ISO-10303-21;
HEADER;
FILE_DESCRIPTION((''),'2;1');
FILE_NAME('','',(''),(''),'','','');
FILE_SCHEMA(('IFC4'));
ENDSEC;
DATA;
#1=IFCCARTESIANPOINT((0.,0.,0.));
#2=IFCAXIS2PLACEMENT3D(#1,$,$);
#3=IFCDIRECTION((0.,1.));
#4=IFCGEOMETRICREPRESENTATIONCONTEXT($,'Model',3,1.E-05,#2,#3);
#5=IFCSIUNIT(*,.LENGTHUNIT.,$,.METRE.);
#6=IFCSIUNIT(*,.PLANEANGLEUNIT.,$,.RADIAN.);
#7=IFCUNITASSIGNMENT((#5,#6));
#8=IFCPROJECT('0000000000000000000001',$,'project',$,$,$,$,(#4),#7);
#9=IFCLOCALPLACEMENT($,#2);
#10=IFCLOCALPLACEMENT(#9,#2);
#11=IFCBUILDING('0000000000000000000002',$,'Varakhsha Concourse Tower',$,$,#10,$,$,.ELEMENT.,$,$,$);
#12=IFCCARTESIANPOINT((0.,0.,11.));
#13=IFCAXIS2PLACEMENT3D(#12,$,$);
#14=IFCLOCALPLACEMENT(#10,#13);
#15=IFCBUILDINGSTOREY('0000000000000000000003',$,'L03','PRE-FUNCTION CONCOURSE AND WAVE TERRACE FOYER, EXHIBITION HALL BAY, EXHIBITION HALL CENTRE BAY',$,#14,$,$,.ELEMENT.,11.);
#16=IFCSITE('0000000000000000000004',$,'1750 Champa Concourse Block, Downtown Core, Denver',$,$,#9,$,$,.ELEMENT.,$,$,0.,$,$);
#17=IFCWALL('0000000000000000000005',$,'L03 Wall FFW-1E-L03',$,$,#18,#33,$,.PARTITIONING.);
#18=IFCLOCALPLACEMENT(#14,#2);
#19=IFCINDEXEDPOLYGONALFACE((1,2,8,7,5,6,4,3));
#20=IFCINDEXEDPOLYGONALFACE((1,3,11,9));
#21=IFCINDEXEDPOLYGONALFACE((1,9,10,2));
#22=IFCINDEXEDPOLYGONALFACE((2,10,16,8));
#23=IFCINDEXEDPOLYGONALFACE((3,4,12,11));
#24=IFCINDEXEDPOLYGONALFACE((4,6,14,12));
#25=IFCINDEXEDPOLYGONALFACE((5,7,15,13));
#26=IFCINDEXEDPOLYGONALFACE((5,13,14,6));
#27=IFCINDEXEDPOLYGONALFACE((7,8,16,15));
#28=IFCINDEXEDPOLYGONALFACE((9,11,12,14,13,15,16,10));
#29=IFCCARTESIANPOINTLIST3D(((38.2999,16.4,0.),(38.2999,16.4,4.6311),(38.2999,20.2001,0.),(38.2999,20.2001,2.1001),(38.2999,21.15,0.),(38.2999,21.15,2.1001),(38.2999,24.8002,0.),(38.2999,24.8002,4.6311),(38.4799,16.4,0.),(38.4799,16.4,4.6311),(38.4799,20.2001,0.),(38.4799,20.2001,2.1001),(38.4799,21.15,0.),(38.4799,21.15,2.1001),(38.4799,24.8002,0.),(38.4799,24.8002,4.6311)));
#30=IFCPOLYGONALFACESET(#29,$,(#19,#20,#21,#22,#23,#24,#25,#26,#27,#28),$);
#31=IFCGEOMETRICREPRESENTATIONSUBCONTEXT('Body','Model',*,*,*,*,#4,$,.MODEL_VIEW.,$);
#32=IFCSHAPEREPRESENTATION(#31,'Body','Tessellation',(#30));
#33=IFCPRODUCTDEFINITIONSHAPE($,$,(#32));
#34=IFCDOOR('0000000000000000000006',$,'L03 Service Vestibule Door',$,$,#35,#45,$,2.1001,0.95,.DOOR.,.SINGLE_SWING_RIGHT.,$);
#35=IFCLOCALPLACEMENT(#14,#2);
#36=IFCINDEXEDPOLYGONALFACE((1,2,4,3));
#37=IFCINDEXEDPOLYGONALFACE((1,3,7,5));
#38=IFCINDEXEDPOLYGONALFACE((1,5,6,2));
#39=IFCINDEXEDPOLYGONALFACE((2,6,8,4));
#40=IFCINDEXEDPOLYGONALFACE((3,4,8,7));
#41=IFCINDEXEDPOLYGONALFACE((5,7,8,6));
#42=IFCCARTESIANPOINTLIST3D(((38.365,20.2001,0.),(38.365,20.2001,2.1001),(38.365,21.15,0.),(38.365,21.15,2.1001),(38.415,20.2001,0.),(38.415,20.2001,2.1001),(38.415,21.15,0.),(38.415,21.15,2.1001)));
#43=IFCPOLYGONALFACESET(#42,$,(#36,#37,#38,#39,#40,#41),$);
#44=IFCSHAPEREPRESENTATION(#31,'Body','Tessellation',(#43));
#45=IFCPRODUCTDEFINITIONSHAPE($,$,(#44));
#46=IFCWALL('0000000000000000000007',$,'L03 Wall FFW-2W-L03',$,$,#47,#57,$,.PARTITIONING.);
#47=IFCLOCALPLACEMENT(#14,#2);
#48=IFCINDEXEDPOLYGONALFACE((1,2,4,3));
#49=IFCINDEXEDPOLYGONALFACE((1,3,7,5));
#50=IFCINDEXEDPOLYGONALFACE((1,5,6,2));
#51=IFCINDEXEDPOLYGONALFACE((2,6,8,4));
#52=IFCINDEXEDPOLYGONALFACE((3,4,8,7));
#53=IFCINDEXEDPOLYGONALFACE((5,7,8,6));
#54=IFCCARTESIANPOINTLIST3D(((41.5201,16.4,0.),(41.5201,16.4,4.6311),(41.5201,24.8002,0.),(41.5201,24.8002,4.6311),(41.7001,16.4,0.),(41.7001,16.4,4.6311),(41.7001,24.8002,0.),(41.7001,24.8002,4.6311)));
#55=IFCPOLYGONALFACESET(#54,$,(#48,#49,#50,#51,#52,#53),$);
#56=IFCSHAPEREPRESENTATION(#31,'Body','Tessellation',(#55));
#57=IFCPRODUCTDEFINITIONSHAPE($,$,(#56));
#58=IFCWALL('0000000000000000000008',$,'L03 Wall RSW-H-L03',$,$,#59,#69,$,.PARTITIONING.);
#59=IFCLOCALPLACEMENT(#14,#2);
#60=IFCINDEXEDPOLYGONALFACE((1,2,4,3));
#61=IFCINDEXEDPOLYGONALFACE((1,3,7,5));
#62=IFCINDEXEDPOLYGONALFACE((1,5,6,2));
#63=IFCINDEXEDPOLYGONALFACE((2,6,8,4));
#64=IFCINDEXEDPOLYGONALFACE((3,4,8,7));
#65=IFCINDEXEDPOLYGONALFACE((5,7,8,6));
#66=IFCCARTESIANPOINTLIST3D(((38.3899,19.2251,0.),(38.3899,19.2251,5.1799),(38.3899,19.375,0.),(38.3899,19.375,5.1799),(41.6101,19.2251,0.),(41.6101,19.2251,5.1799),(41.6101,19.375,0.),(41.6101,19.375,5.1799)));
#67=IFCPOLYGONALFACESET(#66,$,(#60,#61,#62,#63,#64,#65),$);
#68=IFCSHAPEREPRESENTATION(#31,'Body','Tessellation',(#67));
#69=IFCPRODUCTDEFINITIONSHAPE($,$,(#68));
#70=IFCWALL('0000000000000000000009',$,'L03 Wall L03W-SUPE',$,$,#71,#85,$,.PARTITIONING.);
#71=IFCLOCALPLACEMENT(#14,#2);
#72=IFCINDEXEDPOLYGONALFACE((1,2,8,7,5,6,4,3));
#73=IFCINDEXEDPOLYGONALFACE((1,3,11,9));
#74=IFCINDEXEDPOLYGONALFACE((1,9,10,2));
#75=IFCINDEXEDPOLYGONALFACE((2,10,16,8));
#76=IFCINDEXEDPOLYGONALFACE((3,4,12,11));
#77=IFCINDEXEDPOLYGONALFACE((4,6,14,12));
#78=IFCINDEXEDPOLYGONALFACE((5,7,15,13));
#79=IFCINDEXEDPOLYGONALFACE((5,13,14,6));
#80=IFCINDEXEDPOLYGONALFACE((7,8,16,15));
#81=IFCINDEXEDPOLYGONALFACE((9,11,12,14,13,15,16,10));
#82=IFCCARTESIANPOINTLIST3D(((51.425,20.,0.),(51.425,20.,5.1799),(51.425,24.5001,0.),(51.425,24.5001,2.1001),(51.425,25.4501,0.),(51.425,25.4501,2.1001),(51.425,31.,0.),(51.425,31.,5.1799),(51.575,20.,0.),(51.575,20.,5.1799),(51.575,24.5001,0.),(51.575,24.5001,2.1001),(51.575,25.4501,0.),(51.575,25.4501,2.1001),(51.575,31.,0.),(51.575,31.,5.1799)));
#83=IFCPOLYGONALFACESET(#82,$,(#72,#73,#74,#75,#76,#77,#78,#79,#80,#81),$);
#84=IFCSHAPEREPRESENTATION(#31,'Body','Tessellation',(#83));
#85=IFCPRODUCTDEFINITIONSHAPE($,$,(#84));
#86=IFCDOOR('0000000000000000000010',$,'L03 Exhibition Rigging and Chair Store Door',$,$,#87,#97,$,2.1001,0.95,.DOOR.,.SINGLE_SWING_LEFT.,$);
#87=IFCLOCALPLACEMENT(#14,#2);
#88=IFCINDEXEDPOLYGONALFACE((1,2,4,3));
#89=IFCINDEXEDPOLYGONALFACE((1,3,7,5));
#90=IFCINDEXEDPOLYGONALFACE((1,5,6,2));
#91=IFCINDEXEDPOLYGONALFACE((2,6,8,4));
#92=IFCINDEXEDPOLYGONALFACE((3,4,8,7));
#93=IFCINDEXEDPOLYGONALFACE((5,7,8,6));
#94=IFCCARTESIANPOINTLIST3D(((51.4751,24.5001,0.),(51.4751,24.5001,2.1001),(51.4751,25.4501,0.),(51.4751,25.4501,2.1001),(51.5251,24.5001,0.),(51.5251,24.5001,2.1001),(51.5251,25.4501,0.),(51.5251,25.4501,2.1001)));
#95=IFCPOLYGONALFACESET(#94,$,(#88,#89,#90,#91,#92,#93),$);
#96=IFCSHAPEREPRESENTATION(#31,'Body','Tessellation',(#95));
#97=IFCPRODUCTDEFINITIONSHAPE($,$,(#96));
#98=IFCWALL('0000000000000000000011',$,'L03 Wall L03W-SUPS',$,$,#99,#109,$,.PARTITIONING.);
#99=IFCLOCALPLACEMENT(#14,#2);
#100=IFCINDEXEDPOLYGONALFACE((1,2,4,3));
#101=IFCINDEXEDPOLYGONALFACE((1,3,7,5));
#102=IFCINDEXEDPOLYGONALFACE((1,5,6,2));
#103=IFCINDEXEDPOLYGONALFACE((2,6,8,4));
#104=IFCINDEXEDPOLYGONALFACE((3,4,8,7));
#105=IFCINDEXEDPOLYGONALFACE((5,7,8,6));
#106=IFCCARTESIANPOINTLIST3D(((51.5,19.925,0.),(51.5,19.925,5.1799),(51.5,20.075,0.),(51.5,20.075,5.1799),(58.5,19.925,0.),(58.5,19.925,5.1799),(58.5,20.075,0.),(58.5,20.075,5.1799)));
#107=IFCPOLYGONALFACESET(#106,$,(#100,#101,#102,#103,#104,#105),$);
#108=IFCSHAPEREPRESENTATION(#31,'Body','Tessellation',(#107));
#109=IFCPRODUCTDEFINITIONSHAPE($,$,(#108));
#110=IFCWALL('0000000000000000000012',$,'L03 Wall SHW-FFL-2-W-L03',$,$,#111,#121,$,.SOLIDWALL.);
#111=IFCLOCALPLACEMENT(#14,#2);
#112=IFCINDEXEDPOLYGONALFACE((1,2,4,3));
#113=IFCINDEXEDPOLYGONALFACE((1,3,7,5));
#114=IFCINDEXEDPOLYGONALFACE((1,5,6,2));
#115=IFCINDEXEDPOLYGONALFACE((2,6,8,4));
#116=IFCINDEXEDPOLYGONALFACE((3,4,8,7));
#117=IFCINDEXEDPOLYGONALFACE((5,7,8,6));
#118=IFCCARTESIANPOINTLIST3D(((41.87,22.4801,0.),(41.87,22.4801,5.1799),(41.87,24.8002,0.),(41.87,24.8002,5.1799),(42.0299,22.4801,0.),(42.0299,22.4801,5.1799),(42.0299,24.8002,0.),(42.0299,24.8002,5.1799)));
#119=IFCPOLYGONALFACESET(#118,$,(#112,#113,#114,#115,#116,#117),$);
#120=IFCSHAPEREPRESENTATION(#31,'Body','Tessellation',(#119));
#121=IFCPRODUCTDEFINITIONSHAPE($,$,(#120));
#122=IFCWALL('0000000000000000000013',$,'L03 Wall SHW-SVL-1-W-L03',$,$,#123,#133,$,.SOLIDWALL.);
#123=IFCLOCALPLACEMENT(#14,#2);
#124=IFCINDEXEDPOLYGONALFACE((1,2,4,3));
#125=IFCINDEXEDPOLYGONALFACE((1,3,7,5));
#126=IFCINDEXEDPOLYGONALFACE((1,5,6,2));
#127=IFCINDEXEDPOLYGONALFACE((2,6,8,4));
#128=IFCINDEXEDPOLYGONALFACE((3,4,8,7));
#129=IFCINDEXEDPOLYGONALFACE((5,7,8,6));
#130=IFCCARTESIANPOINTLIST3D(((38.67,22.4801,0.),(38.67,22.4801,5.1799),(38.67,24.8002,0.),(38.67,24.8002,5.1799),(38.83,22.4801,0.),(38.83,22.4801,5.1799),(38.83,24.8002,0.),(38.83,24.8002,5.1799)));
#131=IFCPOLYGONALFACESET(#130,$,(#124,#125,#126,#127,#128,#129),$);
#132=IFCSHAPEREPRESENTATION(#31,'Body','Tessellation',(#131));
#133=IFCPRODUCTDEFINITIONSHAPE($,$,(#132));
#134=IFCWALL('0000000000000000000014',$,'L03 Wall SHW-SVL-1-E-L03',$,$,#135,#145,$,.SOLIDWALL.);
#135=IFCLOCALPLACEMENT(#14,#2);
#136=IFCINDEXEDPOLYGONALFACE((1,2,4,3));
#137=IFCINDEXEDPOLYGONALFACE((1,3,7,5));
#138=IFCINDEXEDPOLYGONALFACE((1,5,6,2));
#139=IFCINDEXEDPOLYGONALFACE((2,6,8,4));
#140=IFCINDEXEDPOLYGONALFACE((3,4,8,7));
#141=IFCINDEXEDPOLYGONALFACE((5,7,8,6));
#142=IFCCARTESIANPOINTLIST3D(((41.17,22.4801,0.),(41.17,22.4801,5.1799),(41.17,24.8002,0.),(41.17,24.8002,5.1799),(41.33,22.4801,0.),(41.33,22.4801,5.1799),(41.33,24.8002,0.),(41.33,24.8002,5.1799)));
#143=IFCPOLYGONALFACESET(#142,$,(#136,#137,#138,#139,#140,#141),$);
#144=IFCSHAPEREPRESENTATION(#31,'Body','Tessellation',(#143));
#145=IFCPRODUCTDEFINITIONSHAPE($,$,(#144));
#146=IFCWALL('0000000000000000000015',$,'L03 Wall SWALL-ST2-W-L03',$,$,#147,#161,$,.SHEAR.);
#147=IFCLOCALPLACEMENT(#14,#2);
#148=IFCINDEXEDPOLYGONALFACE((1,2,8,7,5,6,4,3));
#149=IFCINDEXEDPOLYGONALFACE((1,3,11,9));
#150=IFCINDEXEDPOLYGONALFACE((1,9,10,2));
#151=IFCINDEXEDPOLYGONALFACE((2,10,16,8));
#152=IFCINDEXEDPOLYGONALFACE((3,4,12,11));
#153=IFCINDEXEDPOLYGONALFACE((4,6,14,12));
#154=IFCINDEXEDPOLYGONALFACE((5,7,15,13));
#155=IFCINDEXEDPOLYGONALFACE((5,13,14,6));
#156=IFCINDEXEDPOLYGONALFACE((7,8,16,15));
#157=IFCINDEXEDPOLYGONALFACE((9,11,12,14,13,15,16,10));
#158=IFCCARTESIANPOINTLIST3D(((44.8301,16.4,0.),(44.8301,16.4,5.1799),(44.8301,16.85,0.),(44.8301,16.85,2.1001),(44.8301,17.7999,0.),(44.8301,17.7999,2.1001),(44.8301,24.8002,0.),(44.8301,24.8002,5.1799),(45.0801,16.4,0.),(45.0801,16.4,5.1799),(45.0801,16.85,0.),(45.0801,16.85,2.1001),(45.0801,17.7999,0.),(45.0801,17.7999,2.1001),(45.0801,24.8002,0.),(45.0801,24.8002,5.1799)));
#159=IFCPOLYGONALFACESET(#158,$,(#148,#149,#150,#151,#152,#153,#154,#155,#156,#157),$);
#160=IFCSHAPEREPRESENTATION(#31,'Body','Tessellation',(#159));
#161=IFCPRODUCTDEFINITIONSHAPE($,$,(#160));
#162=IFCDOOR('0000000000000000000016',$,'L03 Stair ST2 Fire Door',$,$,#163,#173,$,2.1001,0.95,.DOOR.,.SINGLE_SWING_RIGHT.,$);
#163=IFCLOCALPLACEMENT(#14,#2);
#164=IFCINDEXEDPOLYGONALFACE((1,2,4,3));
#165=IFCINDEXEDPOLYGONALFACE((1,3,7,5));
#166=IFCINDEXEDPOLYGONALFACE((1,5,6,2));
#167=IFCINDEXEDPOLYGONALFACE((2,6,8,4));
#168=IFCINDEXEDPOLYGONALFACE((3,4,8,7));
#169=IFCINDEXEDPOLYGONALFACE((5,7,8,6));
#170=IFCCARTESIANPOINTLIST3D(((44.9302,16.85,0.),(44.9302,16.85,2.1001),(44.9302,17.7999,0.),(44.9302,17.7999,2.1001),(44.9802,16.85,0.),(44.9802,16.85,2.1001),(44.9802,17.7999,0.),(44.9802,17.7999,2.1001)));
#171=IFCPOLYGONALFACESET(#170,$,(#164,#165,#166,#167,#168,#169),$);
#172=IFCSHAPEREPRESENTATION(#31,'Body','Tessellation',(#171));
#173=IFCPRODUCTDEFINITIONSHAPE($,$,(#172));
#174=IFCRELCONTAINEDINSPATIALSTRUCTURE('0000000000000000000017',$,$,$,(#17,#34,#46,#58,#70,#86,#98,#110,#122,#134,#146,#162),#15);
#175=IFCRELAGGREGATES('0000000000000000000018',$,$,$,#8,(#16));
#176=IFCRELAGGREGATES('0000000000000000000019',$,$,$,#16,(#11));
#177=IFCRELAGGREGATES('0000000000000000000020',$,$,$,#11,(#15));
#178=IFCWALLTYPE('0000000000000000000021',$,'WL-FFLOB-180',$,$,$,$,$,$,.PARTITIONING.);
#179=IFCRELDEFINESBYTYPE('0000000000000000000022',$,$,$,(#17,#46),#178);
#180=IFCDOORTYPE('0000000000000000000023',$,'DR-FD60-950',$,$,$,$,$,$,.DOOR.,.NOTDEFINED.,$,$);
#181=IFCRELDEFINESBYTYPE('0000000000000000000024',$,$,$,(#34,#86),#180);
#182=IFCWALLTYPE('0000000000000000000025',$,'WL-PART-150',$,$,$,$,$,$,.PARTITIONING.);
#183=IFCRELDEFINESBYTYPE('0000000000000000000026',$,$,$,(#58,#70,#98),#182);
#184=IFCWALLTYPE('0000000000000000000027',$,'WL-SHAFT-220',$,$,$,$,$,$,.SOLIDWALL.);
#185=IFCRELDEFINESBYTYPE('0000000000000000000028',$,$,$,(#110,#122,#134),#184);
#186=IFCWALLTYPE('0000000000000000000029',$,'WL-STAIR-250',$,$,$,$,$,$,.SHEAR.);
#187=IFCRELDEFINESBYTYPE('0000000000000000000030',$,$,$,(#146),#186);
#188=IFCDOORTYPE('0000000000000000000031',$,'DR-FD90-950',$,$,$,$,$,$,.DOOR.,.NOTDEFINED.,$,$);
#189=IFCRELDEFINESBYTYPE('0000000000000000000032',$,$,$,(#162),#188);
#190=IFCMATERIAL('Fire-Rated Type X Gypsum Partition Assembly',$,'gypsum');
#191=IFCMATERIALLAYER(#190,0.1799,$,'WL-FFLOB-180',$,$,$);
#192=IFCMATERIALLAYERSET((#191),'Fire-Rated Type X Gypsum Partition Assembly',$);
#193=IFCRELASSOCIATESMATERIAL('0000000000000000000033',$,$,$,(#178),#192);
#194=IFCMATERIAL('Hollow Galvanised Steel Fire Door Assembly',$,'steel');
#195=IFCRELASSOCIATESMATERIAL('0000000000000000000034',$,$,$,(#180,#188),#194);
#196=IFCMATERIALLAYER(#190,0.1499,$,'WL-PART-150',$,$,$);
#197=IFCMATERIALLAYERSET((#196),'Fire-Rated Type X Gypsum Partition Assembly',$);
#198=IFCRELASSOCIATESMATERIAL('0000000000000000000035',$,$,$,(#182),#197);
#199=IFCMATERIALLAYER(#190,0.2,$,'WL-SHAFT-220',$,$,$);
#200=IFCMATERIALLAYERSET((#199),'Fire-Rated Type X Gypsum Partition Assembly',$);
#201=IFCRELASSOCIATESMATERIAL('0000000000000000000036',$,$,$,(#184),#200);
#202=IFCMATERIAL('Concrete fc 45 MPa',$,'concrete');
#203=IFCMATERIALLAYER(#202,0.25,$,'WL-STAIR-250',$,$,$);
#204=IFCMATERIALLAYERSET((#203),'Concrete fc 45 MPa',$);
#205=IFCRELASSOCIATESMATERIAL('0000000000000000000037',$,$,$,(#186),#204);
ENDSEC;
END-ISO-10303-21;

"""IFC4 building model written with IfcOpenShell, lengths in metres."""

from ifc_helpers import new_model, si_unit, direction, frame, frame_2d, origin, place, context, subcontext, project, spatial, rectangle, extrude, material, layer, layer_set, type_object, element, fill, save


model = new_model("IFC4")

# Units and contexts
model_context = context("Model", 3, precision=1e-05, world=origin(), true_north=direction((0.0, 1.0)))
body_context = subcontext(model_context, "Body", "Model", "MODEL_VIEW")
ifc_project = project(units=[si_unit("LENGTHUNIT", "METRE"), si_unit("PLANEANGLEUNIT", "RADIAN")], contexts=[model_context])

# Site, building, storey
site_placement = place(None, origin())
site = spatial("IfcSite", under=ifc_project, at=site_placement, Name="1750 Champa Concourse Block, Downtown Core, Denver", CompositionType="ELEMENT", RefElevation=0.0)
building_placement = place(site_placement, origin())
building = spatial("IfcBuilding", under=site, at=building_placement, Name="Varakhsha Concourse Tower", CompositionType="ELEMENT")
storey_placement = place(building_placement, frame((0.0, 0.0, 11.0)))
storey = spatial("IfcBuildingStorey", under=building, at=storey_placement, Name="L03", Description="PRE-FUNCTION CONCOURSE AND WAVE TERRACE FOYER, EXHIBITION HALL BAY, EXHIBITION HALL CENTRE BAY", CompositionType="ELEMENT", Elevation=11.0)

# Wall, opening, door
ifc_material_1 = material(Name="Fire-Rated Type X Gypsum Partition Assembly", Category="gypsum")
ifc_layer_1 = layer(ifc_material_1, 0.1799, Name="WL-FFLOB-180")
ifc_layer_set_1 = layer_set([ifc_layer_1], Name="Fire-Rated Type X Gypsum Partition Assembly")
wall_type_1 = type_object("IfcWallType", Name="WL-FFLOB-180", PredefinedType="PARTITIONING", material=ifc_layer_set_1)
wall_1_placement = place(storey_placement, frame((38.3899, 16.3999, 0.0), z_axis=(0.0, 0.0, 1.0), x_axis=(0.0, 1.0, 0.0)))
wall_1 = element("IfcWall", 1, at=wall_1_placement, inside=storey, type_object=wall_type_1, Name="L03 Wall FFW-1E-L03", PredefinedType="PARTITIONING", context=body_context, shape_type="SweptSolid", body=[
    extrude(rectangle(XDim=8.4001, YDim=0.1799, at=frame_2d((4.2002, 0.0))), origin(), (0.0, 0.0, 1.0), 4.6311),
])
opening_1_placement = place(wall_1_placement, frame((3.8, 0.0, 0.0)))
opening_1 = element("IfcOpeningElement", 2, at=opening_1_placement, cuts=wall_1, PredefinedType="OPENING", context=body_context, shape_type="SweptSolid", body=[
    extrude(rectangle(XDim=0.95, YDim=2.1001, at=frame_2d((0.4751, 1.05))), frame((0.0, 0.0999, 0.0), z_axis=(0.0, -1.0, 0.0), x_axis=(1.0, 0.0, 0.0)), (0.0, 0.0, 1.0), 0.2),
])
ifc_material_2 = material(Name="Hollow Galvanised Steel Fire Door Assembly", Category="steel")
door_type_1 = type_object("IfcDoorType", Name="DR-FD60-950", OperationType="NOTDEFINED", PredefinedType="DOOR", material=ifc_material_2)
door_1_placement = place(opening_1_placement, origin())
door_1 = element("IfcDoor", 3, at=door_1_placement, inside=storey, type_object=door_type_1, Name="L03 Service Vestibule Door", OperationType="SINGLE_SWING_RIGHT", OverallHeight=2.1001, OverallWidth=0.95, PredefinedType="DOOR", context=body_context, shape_type="SweptSolid", body=[
    extrude(rectangle(XDim=0.95, YDim=2.1001, at=frame_2d((0.4751, 1.05))), frame((0.0, 0.0249, 0.0), z_axis=(0.0, -1.0, 0.0), x_axis=(1.0, 0.0, 0.0)), (0.0, 0.0, 1.0), 0.05),
])
fill(opening_1, door_1)

# Walls
wall_2_placement = place(storey_placement, frame((41.6101, 16.3999, 0.0), z_axis=(0.0, 0.0, 1.0), x_axis=(0.0, 1.0, 0.0)))
element("IfcWall", 4, at=wall_2_placement, inside=storey, type_object=wall_type_1, Name="L03 Wall FFW-2W-L03", PredefinedType="PARTITIONING", context=body_context, shape_type="SweptSolid", body=[
    extrude(rectangle(XDim=8.4001, YDim=0.1799, at=frame_2d((4.2002, 0.0))), origin(), (0.0, 0.0, 1.0), 4.6311),
])
ifc_layer_2 = layer(ifc_material_1, 0.1499, Name="WL-PART-150")
ifc_layer_set_2 = layer_set([ifc_layer_2], Name="Fire-Rated Type X Gypsum Partition Assembly")
wall_type_2 = type_object("IfcWallType", Name="WL-PART-150", PredefinedType="PARTITIONING", material=ifc_layer_set_2)
wall_3_placement = place(storey_placement, frame((38.3899, 19.3, 0.0), z_axis=(0.0, 0.0, 1.0), x_axis=(1.0, 0.0, 0.0)))
element("IfcWall", 5, at=wall_3_placement, inside=storey, type_object=wall_type_2, Name="L03 Wall RSW-H-L03", PredefinedType="PARTITIONING", context=body_context, shape_type="SweptSolid", body=[
    extrude(rectangle(XDim=3.2202, YDim=0.1499, at=frame_2d((1.6101, 0.0))), origin(), (0.0, 0.0, 1.0), 5.1799),
])

# Wall, opening, door
wall_4_placement = place(storey_placement, frame((51.5, 20.0, 0.0), z_axis=(0.0, 0.0, 1.0), x_axis=(0.0, 1.0, 0.0)))
wall_4 = element("IfcWall", 6, at=wall_4_placement, inside=storey, type_object=wall_type_2, Name="L03 Wall L03W-SUPE", PredefinedType="PARTITIONING", context=body_context, shape_type="SweptSolid", body=[
    extrude(rectangle(XDim=11.0, YDim=0.1499, at=frame_2d((5.5, 0.0))), origin(), (0.0, 0.0, 1.0), 5.1799),
])
opening_2_placement = place(wall_4_placement, frame((4.5, 0.0, 0.0)))
opening_2 = element("IfcOpeningElement", 7, at=opening_2_placement, cuts=wall_4, PredefinedType="OPENING", context=body_context, shape_type="SweptSolid", body=[
    extrude(rectangle(XDim=0.95, YDim=2.1001, at=frame_2d((0.4751, 1.05))), frame((0.0, 0.085, 0.0), z_axis=(0.0, -1.0, 0.0), x_axis=(1.0, 0.0, 0.0)), (0.0, 0.0, 1.0), 0.1699),
])
door_2_placement = place(opening_2_placement, origin())
door_2 = element("IfcDoor", 8, at=door_2_placement, inside=storey, type_object=door_type_1, Name="L03 Exhibition Rigging and Chair Store Door", OperationType="SINGLE_SWING_LEFT", OverallHeight=2.1001, OverallWidth=0.95, PredefinedType="DOOR", context=body_context, shape_type="SweptSolid", body=[
    extrude(rectangle(XDim=0.95, YDim=2.1001, at=frame_2d((0.4751, 1.05))), frame((0.0, 0.0249, 0.0), z_axis=(0.0, -1.0, 0.0), x_axis=(1.0, 0.0, 0.0)), (0.0, 0.0, 1.0), 0.05),
])
fill(opening_2, door_2)

# Walls
wall_5_placement = place(storey_placement, frame((51.5, 20.0, 0.0), z_axis=(0.0, 0.0, 1.0), x_axis=(1.0, 0.0, 0.0)))
element("IfcWall", 9, at=wall_5_placement, inside=storey, type_object=wall_type_2, Name="L03 Wall L03W-SUPS", PredefinedType="PARTITIONING", context=body_context, shape_type="SweptSolid", body=[
    extrude(rectangle(XDim=7.0, YDim=0.1499, at=frame_2d((3.5, 0.0))), origin(), (0.0, 0.0, 1.0), 5.1799),
])
ifc_layer_3 = layer(ifc_material_1, 0.2, Name="WL-SHAFT-220")
ifc_layer_set_3 = layer_set([ifc_layer_3], Name="Fire-Rated Type X Gypsum Partition Assembly")
wall_type_3 = type_object("IfcWallType", Name="WL-SHAFT-220", PredefinedType="SOLIDWALL", material=ifc_layer_set_3)
for number, where, z_axis, x_axis, name in (
    (10, (41.95, 22.48, 0.0), (0.0, 0.0, 1.0), (0.0, 1.0, 0.0), "L03 Wall SHW-FFL-2-W-L03"),
    (11, (38.75, 22.48, 0.0), (0.0, 0.0, 1.0), (0.0, 1.0, 0.0), "L03 Wall SHW-SVL-1-W-L03"),
    (12, (41.25, 22.48, 0.0), (0.0, 0.0, 1.0), (0.0, 1.0, 0.0), "L03 Wall SHW-SVL-1-E-L03"),
):
    element("IfcWall", number, at=place(storey_placement, frame(where, z_axis=z_axis, x_axis=x_axis)), inside=storey, type_object=wall_type_3, Name=name, PredefinedType="SOLIDWALL", context=body_context, shape_type="SweptSolid", body=[
        extrude(rectangle(XDim=2.3201, YDim=0.1599, at=frame_2d((1.1602, 0.0))), origin(), (0.0, 0.0, 1.0), 5.1799),
    ])

# Wall, opening, door
ifc_material_3 = material(Name="Concrete fc 45 MPa", Category="concrete")
ifc_layer_4 = layer(ifc_material_3, 0.25, Name="WL-STAIR-250")
ifc_layer_set_4 = layer_set([ifc_layer_4], Name="Concrete fc 45 MPa")
wall_type_4 = type_object("IfcWallType", Name="WL-STAIR-250", PredefinedType="SHEAR", material=ifc_layer_set_4)
wall_6_placement = place(storey_placement, frame((44.9551, 16.3999, 0.0), z_axis=(0.0, 0.0, 1.0), x_axis=(0.0, 1.0, 0.0)))
wall_6 = element("IfcWall", 13, at=wall_6_placement, inside=storey, type_object=wall_type_4, Name="L03 Wall SWALL-ST2-W-L03", PredefinedType="SHEAR", context=body_context, shape_type="SweptSolid", body=[
    extrude(rectangle(XDim=8.4001, YDim=0.25, at=frame_2d((4.2002, 0.0))), origin(), (0.0, 0.0, 1.0), 5.1799),
])
opening_3_placement = place(wall_6_placement, frame((0.45, 0.0, 0.0)))
opening_3 = element("IfcOpeningElement", 14, at=opening_3_placement, cuts=wall_6, PredefinedType="OPENING", context=body_context, shape_type="SweptSolid", body=[
    extrude(rectangle(XDim=0.95, YDim=2.1001, at=frame_2d((0.4751, 1.05))), frame((0.0, 0.135, 0.0), z_axis=(0.0, -1.0, 0.0), x_axis=(1.0, 0.0, 0.0)), (0.0, 0.0, 1.0), 0.27),
])
door_type_2 = type_object("IfcDoorType", Name="DR-FD90-950", OperationType="NOTDEFINED", PredefinedType="DOOR", material=ifc_material_2)
door_3_placement = place(opening_3_placement, origin())
door_3 = element("IfcDoor", 15, at=door_3_placement, inside=storey, type_object=door_type_2, Name="L03 Stair ST2 Fire Door", OperationType="SINGLE_SWING_RIGHT", OverallHeight=2.1001, OverallWidth=0.95, PredefinedType="DOOR", context=body_context, shape_type="SweptSolid", body=[
    extrude(rectangle(XDim=0.95, YDim=2.1001, at=frame_2d((0.4751, 1.05))), frame((0.0, 0.0249, 0.0), z_axis=(0.0, -1.0, 0.0), x_axis=(1.0, 0.0, 0.0)), (0.0, 0.0, 1.0), 0.05),
])
fill(opening_3, door_3)

save(model, "model.ifc")
